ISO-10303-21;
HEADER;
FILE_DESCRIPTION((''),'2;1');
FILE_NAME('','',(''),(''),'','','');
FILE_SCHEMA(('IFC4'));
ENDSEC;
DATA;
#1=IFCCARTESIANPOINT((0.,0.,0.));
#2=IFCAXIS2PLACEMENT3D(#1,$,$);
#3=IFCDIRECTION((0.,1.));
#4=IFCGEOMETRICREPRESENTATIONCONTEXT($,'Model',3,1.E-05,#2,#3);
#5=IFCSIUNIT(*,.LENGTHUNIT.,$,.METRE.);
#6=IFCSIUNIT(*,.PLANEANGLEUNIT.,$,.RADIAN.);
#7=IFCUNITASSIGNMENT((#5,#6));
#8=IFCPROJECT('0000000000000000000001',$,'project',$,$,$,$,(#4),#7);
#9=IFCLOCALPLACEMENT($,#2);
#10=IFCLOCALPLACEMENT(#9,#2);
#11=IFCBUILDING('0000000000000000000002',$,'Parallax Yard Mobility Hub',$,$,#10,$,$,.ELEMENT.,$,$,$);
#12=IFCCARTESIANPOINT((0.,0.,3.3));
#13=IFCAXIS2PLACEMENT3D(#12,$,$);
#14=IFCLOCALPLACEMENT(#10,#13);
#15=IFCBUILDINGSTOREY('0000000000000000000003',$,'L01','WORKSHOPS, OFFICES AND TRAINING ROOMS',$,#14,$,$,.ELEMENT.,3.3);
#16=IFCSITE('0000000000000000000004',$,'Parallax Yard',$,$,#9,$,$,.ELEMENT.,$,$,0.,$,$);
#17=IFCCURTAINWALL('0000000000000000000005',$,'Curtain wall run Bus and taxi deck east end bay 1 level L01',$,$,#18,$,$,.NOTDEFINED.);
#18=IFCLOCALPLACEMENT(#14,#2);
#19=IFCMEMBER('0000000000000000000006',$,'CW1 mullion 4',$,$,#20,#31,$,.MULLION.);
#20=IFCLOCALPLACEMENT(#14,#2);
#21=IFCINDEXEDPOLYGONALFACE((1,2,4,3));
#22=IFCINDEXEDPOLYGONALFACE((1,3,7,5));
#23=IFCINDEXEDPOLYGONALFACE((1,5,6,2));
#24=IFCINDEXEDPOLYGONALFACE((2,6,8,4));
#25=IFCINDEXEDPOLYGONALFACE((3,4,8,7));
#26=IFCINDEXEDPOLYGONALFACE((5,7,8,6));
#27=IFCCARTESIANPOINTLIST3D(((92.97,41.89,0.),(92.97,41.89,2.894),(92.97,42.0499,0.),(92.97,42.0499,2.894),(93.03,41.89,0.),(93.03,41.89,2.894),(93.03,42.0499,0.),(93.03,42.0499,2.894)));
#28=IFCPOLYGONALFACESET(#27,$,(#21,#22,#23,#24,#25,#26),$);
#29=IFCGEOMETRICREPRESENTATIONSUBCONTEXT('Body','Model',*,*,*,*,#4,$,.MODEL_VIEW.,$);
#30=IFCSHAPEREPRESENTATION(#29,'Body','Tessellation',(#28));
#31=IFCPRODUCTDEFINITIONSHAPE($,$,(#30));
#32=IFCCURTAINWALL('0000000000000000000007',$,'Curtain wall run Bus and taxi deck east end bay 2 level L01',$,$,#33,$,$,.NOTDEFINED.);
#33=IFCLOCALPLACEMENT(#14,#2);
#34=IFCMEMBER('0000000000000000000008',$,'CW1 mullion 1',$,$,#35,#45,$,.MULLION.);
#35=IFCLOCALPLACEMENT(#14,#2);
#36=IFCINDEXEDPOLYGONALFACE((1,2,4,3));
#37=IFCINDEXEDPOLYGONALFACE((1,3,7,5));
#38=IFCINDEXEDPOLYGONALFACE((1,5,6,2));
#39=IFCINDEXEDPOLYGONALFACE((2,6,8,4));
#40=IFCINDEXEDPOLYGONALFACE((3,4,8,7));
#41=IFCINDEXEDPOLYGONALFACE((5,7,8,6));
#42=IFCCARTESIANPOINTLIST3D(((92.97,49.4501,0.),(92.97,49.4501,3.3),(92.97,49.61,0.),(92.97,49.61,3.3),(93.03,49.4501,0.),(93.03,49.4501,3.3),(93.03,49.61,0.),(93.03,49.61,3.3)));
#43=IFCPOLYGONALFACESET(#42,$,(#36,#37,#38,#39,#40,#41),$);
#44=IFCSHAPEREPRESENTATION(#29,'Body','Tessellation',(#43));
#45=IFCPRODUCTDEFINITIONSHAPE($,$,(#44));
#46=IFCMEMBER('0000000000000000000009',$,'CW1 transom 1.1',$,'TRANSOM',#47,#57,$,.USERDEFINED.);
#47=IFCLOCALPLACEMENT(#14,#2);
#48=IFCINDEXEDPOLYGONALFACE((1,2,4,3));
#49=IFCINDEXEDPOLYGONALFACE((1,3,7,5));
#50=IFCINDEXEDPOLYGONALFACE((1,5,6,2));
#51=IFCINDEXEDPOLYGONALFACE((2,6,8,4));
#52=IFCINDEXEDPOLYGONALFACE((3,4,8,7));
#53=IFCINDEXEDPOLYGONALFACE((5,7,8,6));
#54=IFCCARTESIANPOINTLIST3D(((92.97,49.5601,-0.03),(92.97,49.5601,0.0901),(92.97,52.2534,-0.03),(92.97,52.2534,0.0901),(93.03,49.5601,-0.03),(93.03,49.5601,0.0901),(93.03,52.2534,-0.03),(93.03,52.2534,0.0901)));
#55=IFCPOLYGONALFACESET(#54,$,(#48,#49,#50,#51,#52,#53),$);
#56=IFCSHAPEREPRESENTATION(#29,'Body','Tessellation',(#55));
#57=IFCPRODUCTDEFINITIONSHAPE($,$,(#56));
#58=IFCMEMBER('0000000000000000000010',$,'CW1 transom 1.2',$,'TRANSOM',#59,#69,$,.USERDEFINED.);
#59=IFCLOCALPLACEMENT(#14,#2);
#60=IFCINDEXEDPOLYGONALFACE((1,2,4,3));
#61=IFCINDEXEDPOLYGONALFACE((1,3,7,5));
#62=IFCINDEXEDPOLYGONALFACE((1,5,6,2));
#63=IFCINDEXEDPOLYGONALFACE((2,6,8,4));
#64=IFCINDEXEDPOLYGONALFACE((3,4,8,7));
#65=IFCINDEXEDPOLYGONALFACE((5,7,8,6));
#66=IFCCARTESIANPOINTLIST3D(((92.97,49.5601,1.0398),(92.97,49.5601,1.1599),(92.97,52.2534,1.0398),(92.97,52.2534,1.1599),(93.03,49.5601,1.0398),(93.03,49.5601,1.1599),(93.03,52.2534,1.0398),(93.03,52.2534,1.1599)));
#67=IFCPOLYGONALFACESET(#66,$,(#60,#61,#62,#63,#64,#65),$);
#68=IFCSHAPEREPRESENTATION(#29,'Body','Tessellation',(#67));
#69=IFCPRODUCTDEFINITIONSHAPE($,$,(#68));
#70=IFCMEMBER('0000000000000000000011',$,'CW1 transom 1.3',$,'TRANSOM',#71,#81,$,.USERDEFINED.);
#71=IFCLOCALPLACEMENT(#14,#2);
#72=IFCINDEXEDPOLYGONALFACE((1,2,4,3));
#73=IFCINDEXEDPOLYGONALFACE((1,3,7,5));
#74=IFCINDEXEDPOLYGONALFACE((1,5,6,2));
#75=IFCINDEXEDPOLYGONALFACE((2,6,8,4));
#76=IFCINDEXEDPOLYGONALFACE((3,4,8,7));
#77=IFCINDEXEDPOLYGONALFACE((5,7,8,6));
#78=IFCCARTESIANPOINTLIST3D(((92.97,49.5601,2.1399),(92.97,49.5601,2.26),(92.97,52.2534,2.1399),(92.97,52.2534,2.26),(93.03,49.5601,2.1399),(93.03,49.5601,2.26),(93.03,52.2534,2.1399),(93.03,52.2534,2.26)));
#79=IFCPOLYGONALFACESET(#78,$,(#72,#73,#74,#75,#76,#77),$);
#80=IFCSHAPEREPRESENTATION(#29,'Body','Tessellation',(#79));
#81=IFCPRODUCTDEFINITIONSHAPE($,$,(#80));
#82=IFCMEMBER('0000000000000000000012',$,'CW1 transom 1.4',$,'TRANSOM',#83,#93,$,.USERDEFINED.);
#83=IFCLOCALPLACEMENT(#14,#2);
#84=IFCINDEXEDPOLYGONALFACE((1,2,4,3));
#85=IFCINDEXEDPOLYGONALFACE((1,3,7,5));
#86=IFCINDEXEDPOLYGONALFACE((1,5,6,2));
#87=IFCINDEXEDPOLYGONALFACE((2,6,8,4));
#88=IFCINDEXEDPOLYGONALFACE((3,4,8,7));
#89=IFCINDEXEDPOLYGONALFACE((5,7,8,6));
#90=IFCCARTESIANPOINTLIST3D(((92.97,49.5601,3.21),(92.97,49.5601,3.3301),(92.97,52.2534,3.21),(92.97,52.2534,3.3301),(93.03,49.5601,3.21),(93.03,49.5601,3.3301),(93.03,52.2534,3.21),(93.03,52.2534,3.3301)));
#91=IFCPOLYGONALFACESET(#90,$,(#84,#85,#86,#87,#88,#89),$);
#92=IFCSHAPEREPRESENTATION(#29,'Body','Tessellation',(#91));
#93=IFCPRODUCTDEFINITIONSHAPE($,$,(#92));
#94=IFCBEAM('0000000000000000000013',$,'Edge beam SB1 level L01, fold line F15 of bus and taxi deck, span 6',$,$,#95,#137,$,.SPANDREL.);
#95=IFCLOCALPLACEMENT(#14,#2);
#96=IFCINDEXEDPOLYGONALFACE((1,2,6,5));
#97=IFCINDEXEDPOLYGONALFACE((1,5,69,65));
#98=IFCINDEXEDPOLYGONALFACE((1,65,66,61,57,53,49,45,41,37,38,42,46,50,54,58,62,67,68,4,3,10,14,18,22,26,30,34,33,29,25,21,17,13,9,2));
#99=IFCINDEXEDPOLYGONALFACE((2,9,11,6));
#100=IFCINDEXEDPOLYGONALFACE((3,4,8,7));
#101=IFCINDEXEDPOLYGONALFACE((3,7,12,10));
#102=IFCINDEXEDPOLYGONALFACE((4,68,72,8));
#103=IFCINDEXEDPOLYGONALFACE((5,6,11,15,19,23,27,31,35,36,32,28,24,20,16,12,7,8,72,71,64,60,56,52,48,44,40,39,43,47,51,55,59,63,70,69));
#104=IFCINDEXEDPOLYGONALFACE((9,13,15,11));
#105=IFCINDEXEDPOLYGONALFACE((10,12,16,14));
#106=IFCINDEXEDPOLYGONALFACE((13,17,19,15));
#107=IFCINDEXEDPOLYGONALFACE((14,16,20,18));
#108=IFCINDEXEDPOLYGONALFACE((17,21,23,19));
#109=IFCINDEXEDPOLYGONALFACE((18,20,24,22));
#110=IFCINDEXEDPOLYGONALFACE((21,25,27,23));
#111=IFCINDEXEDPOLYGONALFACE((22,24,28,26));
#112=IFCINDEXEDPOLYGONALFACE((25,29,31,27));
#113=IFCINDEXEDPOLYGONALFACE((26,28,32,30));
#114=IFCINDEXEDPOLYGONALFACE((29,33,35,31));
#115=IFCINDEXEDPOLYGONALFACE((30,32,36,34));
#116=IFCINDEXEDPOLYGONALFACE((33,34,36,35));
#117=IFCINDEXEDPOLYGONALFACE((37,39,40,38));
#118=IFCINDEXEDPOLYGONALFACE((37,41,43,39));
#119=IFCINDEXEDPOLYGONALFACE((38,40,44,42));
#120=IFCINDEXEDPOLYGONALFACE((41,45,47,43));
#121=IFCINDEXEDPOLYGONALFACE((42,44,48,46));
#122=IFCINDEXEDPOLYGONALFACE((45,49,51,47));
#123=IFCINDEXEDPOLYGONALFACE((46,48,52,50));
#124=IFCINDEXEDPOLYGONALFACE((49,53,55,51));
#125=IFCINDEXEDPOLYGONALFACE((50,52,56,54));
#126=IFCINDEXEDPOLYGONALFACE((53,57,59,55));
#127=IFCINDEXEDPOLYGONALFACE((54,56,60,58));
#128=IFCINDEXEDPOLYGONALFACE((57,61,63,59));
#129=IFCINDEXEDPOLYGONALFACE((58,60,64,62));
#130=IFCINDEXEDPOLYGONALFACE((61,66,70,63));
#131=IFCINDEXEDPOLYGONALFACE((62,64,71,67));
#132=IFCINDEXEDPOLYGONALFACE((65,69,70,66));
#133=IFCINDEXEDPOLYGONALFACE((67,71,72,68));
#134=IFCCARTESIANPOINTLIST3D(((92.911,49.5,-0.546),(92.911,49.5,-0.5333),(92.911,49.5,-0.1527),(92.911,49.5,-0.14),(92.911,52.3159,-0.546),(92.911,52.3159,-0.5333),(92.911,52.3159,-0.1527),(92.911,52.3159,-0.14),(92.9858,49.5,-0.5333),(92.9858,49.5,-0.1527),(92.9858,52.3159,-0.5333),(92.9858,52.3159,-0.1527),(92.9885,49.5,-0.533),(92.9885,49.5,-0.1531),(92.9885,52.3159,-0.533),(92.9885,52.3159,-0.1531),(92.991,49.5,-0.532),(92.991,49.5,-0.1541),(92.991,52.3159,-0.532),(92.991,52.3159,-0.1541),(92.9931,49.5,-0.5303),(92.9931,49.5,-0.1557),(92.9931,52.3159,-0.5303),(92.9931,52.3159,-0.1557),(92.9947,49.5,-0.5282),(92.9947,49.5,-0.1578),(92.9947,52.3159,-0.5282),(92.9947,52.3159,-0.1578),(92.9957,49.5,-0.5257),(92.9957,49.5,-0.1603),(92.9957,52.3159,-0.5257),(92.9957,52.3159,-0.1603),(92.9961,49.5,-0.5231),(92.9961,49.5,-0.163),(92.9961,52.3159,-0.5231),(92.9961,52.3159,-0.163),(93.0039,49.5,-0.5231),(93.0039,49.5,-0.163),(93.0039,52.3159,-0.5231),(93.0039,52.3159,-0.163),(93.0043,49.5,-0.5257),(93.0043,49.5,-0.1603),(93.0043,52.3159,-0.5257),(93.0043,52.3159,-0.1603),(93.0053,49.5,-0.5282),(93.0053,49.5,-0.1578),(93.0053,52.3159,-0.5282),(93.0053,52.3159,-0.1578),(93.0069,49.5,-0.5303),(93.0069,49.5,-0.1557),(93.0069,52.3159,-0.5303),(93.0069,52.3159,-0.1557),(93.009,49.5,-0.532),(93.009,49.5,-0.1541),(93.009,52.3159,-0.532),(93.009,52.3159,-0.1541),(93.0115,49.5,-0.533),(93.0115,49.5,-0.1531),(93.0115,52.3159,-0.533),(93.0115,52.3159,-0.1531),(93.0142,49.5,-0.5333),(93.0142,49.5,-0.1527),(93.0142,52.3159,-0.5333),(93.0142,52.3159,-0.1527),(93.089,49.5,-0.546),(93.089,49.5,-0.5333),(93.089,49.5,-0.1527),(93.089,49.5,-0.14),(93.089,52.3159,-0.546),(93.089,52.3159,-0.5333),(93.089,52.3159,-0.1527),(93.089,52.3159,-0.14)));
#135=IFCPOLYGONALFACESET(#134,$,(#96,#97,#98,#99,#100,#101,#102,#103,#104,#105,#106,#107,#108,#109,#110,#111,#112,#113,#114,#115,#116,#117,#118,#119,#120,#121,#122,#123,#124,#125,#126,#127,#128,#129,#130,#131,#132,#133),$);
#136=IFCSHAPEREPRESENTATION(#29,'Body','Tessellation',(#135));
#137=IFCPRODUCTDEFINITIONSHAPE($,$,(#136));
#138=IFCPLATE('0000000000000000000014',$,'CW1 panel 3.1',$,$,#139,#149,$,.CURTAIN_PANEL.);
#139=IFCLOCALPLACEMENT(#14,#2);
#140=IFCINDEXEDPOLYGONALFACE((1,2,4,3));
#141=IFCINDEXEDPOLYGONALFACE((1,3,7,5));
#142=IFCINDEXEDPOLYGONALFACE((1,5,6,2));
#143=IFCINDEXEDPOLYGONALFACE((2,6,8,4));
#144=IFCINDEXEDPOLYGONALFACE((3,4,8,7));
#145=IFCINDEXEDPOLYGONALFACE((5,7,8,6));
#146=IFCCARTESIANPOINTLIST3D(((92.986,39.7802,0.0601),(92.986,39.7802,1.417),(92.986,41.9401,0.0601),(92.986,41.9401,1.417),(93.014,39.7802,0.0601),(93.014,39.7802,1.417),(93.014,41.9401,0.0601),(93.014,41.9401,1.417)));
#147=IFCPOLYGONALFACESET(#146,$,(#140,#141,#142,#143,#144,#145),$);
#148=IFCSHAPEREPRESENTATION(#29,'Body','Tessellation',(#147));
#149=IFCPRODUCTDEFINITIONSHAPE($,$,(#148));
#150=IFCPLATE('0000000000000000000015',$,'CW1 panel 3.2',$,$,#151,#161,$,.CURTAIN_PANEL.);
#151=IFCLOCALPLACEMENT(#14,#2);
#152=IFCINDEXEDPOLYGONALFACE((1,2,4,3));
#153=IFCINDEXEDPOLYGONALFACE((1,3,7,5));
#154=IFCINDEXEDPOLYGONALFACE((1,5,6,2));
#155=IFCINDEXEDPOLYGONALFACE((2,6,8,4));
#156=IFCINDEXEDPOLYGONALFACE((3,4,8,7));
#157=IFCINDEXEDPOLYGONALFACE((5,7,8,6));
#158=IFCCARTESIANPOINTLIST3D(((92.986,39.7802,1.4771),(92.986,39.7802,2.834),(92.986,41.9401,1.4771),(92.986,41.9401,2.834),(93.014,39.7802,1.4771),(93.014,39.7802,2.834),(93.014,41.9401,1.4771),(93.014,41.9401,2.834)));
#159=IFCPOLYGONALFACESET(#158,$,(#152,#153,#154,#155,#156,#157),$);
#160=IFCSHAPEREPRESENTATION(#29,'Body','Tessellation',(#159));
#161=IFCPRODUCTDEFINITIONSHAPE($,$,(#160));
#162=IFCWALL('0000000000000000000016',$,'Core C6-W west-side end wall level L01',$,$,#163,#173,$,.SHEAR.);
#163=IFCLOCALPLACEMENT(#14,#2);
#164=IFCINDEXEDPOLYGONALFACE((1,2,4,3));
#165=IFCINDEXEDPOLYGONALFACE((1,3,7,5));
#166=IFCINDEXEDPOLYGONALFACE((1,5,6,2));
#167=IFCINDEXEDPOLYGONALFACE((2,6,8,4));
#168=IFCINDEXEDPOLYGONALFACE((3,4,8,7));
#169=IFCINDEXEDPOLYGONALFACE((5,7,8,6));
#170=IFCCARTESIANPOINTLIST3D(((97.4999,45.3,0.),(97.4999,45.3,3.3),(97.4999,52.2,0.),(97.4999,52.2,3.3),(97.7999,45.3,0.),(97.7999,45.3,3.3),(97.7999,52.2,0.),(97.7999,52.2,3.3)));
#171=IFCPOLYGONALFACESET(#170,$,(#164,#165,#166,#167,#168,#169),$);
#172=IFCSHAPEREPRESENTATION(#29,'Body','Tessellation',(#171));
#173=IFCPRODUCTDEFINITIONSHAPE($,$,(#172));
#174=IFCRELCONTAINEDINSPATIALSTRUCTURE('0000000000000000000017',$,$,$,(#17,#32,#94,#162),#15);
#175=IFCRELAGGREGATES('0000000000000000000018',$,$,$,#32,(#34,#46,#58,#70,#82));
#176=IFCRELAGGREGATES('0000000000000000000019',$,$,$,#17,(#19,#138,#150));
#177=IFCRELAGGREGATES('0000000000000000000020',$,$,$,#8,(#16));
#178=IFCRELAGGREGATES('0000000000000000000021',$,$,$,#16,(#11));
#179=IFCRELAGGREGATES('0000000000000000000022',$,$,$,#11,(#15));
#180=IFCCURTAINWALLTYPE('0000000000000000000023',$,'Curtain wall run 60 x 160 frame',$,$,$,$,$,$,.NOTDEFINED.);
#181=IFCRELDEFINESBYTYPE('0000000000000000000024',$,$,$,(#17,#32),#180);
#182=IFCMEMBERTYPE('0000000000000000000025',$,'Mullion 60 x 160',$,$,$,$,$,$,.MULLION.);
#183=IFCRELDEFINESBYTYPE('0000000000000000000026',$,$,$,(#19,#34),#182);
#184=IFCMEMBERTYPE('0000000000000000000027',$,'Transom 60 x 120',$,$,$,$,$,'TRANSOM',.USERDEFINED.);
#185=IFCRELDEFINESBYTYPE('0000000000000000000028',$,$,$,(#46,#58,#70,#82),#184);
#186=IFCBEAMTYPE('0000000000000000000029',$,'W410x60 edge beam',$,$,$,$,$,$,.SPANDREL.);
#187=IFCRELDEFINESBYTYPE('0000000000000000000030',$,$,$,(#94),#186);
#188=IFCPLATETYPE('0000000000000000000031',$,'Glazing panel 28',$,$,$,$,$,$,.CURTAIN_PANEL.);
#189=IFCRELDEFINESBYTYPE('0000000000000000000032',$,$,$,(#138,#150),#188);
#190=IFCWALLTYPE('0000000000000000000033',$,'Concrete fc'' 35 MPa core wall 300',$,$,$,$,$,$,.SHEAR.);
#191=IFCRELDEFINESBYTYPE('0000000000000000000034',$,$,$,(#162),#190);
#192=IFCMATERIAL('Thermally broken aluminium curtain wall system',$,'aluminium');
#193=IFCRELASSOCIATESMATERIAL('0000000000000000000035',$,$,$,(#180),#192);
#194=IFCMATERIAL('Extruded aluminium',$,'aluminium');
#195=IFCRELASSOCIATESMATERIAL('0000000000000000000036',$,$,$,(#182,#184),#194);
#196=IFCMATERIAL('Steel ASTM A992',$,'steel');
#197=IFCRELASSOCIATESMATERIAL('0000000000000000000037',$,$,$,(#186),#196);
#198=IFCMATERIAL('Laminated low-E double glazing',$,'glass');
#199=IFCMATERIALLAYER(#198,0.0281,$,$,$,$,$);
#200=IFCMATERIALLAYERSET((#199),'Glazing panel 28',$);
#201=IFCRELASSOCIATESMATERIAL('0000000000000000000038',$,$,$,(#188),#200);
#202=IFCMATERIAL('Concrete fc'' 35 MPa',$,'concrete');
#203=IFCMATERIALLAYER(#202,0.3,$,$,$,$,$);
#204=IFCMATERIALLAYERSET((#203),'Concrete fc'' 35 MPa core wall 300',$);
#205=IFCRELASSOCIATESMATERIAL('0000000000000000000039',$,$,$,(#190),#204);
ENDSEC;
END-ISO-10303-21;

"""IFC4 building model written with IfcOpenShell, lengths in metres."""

from ifc_helpers import new_model, si_unit, direction, frame, frame_2d, origin, origin_2d, place, context, subcontext, project, spatial, rectangle, i_section, extrude, material, layer, layer_set, material_profile, profile_set, type_object, element, aggregate, save


model = new_model("IFC4")

# Units and contexts
model_context = context("Model", 3, precision=1e-05, world=origin(), true_north=direction((0.0, 1.0)))
body_context = subcontext(model_context, "Body", "Model", "MODEL_VIEW")
ifc_project = project(units=[si_unit("LENGTHUNIT", "METRE"), si_unit("PLANEANGLEUNIT", "RADIAN")], contexts=[model_context])

# Site, building, storey
site_placement = place(None, origin())
site = spatial("IfcSite", under=ifc_project, at=site_placement, Name="Parallax Yard", CompositionType="ELEMENT", RefElevation=0.0)
building_placement = place(site_placement, origin())
building = spatial("IfcBuilding", under=site, at=building_placement, Name="Parallax Yard Mobility Hub", CompositionType="ELEMENT")
storey_placement = place(building_placement, frame((0.0, 0.0, 3.3)))
storey = spatial("IfcBuildingStorey", under=building, at=storey_placement, Name="L01", Description="WORKSHOPS, OFFICES AND TRAINING ROOMS", CompositionType="ELEMENT", Elevation=3.3)

# Curtain wall, member
ifc_material_1 = material(Name="Thermally broken aluminium curtain wall system", Category="aluminium")
curtain_wall_type = type_object("IfcCurtainWallType", Name="Curtain wall run 60 x 160 frame", PredefinedType="NOTDEFINED", material=ifc_material_1)
curtain_wall_1_placement = place(storey_placement, origin())
curtain_wall_1 = element("IfcCurtainWall", 1, at=curtain_wall_1_placement, inside=storey, type_object=curtain_wall_type, Name="Curtain wall run Bus and taxi deck east end bay 1 level L01", PredefinedType="NOTDEFINED")
ifc_material_2 = material(Name="Extruded aluminium", Category="aluminium")
ifc_material_profile_1 = material_profile(ifc_material_2, rectangle(XDim=0.0601, YDim=0.1599, at=origin_2d()), Name="Mullion 60 x 160")
ifc_profile_set_1 = profile_set([ifc_material_profile_1], Name="Extruded aluminium")
member_type_1 = type_object("IfcMemberType", Name="Mullion 60 x 160", PredefinedType="MULLION", material=ifc_profile_set_1)
member_1_placement = place(storey_placement, frame((93.0, 41.97, 0.0), z_axis=(0.0, 0.0, 1.0), x_axis=(-1.0, 0.0, 0.0)))
member_1 = element("IfcMember", 2, at=member_1_placement, type_object=member_type_1, Name="CW1 mullion 4", PredefinedType="MULLION", context=body_context, shape_type="SweptSolid", body=[
    extrude(rectangle(XDim=0.0601, YDim=0.1599, at=origin_2d()), origin(), (0.0, 0.0, 1.0), 2.894),
])

# Curtain wall, members
curtain_wall_2_placement = place(storey_placement, origin())
curtain_wall_2 = element("IfcCurtainWall", 3, at=curtain_wall_2_placement, inside=storey, type_object=curtain_wall_type, Name="Curtain wall run Bus and taxi deck east end bay 2 level L01", PredefinedType="NOTDEFINED")
member_2_placement = place(storey_placement, frame((93.0, 49.53, 0.0), z_axis=(0.0, 0.0, 1.0), x_axis=(-1.0, 0.0, 0.0)))
member_2 = element("IfcMember", 4, at=member_2_placement, type_object=member_type_1, Name="CW1 mullion 1", PredefinedType="MULLION", context=body_context, shape_type="SweptSolid", body=[
    extrude(rectangle(XDim=0.0601, YDim=0.1599, at=origin_2d()), origin(), (0.0, 0.0, 1.0), 3.3),
])
ifc_material_profile_2 = material_profile(ifc_material_2, rectangle(XDim=0.0601, YDim=0.1201, at=origin_2d()), Name="Transom 60 x 120")
ifc_profile_set_2 = profile_set([ifc_material_profile_2], Name="Extruded aluminium")
member_type_2 = type_object("IfcMemberType", Name="Transom 60 x 120", ElementType="TRANSOM", PredefinedType="USERDEFINED", material=ifc_profile_set_2)
member_3_placement = place(storey_placement, frame((93.0, 49.5601, 0.03), z_axis=(0.0, 1.0, 0.0), x_axis=(-1.0, 0.0, 0.0)))
member_3 = element("IfcMember", 5, at=member_3_placement, type_object=member_type_2, Name="CW1 transom 1.1", ObjectType="TRANSOM", PredefinedType="USERDEFINED", context=body_context, shape_type="SweptSolid", body=[
    extrude(rectangle(XDim=0.0601, YDim=0.1201, at=origin_2d()), origin(), (0.0, 0.0, 1.0), 2.6934),
])
member_4_placement = place(storey_placement, frame((93.0, 49.5601, 1.0999), z_axis=(0.0, 1.0, 0.0), x_axis=(-1.0, 0.0, 0.0)))
member_4 = element("IfcMember", 6, at=member_4_placement, type_object=member_type_2, Name="CW1 transom 1.2", ObjectType="TRANSOM", PredefinedType="USERDEFINED", context=body_context, shape_type="SweptSolid", body=[
    extrude(rectangle(XDim=0.0601, YDim=0.1201, at=origin_2d()), origin(), (0.0, 0.0, 1.0), 2.6934),
])
member_5_placement = place(storey_placement, frame((93.0, 49.5601, 2.2), z_axis=(0.0, 1.0, 0.0), x_axis=(-1.0, 0.0, 0.0)))
member_5 = element("IfcMember", 7, at=member_5_placement, type_object=member_type_2, Name="CW1 transom 1.3", ObjectType="TRANSOM", PredefinedType="USERDEFINED", context=body_context, shape_type="SweptSolid", body=[
    extrude(rectangle(XDim=0.0601, YDim=0.1201, at=origin_2d()), origin(), (0.0, 0.0, 1.0), 2.6934),
])
member_6_placement = place(storey_placement, frame((93.0, 49.5601, 3.27), z_axis=(0.0, 1.0, 0.0), x_axis=(-1.0, 0.0, 0.0)))
member_6 = element("IfcMember", 8, at=member_6_placement, type_object=member_type_2, Name="CW1 transom 1.4", ObjectType="TRANSOM", PredefinedType="USERDEFINED", context=body_context, shape_type="SweptSolid", body=[
    extrude(rectangle(XDim=0.0601, YDim=0.1201, at=origin_2d()), origin(), (0.0, 0.0, 1.0), 2.6934),
])
aggregate(curtain_wall_2, [member_2, member_3, member_4, member_5, member_6])

# Beam
ifc_material_3 = material(Name="Steel ASTM A992", Category="steel")
ifc_material_profile_3 = material_profile(ifc_material_3, i_section(OverallWidth=0.178, OverallDepth=0.406, WebThickness=0.0078, FlangeThickness=0.0127, FilletRadius=0.0103, at=origin_2d()), Name="W410x60")
ifc_profile_set_3 = profile_set([ifc_material_profile_3], Name="Steel ASTM A992")
beam_type = type_object("IfcBeamType", Name="W410x60 edge beam", PredefinedType="SPANDREL", material=ifc_profile_set_3)
beam_placement = place(storey_placement, frame((93.0, 49.5, -0.343), z_axis=(0.0, 1.0, 0.0), x_axis=(-1.0, 0.0, 0.0)))
element("IfcBeam", 9, at=beam_placement, inside=storey, type_object=beam_type, Name="Edge beam SB1 level L01, fold line F15 of bus and taxi deck, span 6", PredefinedType="SPANDREL", context=body_context, shape_type="SweptSolid", body=[
    extrude(i_section(OverallWidth=0.178, OverallDepth=0.406, WebThickness=0.0078, FlangeThickness=0.0127, FilletRadius=0.0103, at=origin_2d()), origin(), (0.0, 0.0, 1.0), 2.8159),
])

# Plates
ifc_material_4 = material(Name="Laminated low-E double glazing", Category="glass")
ifc_layer_1 = layer(ifc_material_4, 0.0281)
ifc_layer_set_1 = layer_set([ifc_layer_1], Name="Glazing panel 28")
plate_type = type_object("IfcPlateType", Name="Glazing panel 28", PredefinedType="CURTAIN_PANEL", material=ifc_layer_set_1)
plate_1_placement = place(storey_placement, frame((93.0, 40.8601, 0.0601), z_axis=(0.0, 0.0, 1.0), x_axis=(0.0, 1.0, 0.0)))
plate_1 = element("IfcPlate", 10, at=plate_1_placement, type_object=plate_type, Name="CW1 panel 3.1", PredefinedType="CURTAIN_PANEL", context=body_context, shape_type="SweptSolid", body=[
    extrude(rectangle(XDim=2.1599, YDim=0.0281, at=origin_2d()), origin(), (0.0, 0.0, 1.0), 1.3569),
])
plate_2_placement = place(storey_placement, frame((93.0, 40.8601, 1.4771), z_axis=(0.0, 0.0, 1.0), x_axis=(0.0, 1.0, 0.0)))
plate_2 = element("IfcPlate", 11, at=plate_2_placement, type_object=plate_type, Name="CW1 panel 3.2", PredefinedType="CURTAIN_PANEL", context=body_context, shape_type="SweptSolid", body=[
    extrude(rectangle(XDim=2.1599, YDim=0.0281, at=origin_2d()), origin(), (0.0, 0.0, 1.0), 1.3569),
])
aggregate(curtain_wall_1, [member_1, plate_1, plate_2])

# Wall
ifc_material_5 = material(Name="Concrete fc' 35 MPa", Category="concrete")
ifc_layer_2 = layer(ifc_material_5, 0.3)
ifc_layer_set_2 = layer_set([ifc_layer_2], Name="Concrete fc' 35 MPa core wall 300")
wall_type = type_object("IfcWallType", Name="Concrete fc' 35 MPa core wall 300", PredefinedType="SHEAR", material=ifc_layer_set_2)
wall_1_placement = place(storey_placement, frame((97.6499, 45.3, 0.0), z_axis=(0.0, 0.0, 1.0), x_axis=(0.0, 1.0, 0.0)))
element("IfcWall", 12, at=wall_1_placement, inside=storey, type_object=wall_type, Name="Core C6-W west-side end wall level L01", PredefinedType="SHEAR", context=body_context, shape_type="SweptSolid", body=[
    extrude(rectangle(XDim=6.8999, YDim=0.3, at=frame_2d((3.45, 0.0))), origin(), (0.0, 0.0, 1.0), 3.3),
])

save(model, "model.ifc")
